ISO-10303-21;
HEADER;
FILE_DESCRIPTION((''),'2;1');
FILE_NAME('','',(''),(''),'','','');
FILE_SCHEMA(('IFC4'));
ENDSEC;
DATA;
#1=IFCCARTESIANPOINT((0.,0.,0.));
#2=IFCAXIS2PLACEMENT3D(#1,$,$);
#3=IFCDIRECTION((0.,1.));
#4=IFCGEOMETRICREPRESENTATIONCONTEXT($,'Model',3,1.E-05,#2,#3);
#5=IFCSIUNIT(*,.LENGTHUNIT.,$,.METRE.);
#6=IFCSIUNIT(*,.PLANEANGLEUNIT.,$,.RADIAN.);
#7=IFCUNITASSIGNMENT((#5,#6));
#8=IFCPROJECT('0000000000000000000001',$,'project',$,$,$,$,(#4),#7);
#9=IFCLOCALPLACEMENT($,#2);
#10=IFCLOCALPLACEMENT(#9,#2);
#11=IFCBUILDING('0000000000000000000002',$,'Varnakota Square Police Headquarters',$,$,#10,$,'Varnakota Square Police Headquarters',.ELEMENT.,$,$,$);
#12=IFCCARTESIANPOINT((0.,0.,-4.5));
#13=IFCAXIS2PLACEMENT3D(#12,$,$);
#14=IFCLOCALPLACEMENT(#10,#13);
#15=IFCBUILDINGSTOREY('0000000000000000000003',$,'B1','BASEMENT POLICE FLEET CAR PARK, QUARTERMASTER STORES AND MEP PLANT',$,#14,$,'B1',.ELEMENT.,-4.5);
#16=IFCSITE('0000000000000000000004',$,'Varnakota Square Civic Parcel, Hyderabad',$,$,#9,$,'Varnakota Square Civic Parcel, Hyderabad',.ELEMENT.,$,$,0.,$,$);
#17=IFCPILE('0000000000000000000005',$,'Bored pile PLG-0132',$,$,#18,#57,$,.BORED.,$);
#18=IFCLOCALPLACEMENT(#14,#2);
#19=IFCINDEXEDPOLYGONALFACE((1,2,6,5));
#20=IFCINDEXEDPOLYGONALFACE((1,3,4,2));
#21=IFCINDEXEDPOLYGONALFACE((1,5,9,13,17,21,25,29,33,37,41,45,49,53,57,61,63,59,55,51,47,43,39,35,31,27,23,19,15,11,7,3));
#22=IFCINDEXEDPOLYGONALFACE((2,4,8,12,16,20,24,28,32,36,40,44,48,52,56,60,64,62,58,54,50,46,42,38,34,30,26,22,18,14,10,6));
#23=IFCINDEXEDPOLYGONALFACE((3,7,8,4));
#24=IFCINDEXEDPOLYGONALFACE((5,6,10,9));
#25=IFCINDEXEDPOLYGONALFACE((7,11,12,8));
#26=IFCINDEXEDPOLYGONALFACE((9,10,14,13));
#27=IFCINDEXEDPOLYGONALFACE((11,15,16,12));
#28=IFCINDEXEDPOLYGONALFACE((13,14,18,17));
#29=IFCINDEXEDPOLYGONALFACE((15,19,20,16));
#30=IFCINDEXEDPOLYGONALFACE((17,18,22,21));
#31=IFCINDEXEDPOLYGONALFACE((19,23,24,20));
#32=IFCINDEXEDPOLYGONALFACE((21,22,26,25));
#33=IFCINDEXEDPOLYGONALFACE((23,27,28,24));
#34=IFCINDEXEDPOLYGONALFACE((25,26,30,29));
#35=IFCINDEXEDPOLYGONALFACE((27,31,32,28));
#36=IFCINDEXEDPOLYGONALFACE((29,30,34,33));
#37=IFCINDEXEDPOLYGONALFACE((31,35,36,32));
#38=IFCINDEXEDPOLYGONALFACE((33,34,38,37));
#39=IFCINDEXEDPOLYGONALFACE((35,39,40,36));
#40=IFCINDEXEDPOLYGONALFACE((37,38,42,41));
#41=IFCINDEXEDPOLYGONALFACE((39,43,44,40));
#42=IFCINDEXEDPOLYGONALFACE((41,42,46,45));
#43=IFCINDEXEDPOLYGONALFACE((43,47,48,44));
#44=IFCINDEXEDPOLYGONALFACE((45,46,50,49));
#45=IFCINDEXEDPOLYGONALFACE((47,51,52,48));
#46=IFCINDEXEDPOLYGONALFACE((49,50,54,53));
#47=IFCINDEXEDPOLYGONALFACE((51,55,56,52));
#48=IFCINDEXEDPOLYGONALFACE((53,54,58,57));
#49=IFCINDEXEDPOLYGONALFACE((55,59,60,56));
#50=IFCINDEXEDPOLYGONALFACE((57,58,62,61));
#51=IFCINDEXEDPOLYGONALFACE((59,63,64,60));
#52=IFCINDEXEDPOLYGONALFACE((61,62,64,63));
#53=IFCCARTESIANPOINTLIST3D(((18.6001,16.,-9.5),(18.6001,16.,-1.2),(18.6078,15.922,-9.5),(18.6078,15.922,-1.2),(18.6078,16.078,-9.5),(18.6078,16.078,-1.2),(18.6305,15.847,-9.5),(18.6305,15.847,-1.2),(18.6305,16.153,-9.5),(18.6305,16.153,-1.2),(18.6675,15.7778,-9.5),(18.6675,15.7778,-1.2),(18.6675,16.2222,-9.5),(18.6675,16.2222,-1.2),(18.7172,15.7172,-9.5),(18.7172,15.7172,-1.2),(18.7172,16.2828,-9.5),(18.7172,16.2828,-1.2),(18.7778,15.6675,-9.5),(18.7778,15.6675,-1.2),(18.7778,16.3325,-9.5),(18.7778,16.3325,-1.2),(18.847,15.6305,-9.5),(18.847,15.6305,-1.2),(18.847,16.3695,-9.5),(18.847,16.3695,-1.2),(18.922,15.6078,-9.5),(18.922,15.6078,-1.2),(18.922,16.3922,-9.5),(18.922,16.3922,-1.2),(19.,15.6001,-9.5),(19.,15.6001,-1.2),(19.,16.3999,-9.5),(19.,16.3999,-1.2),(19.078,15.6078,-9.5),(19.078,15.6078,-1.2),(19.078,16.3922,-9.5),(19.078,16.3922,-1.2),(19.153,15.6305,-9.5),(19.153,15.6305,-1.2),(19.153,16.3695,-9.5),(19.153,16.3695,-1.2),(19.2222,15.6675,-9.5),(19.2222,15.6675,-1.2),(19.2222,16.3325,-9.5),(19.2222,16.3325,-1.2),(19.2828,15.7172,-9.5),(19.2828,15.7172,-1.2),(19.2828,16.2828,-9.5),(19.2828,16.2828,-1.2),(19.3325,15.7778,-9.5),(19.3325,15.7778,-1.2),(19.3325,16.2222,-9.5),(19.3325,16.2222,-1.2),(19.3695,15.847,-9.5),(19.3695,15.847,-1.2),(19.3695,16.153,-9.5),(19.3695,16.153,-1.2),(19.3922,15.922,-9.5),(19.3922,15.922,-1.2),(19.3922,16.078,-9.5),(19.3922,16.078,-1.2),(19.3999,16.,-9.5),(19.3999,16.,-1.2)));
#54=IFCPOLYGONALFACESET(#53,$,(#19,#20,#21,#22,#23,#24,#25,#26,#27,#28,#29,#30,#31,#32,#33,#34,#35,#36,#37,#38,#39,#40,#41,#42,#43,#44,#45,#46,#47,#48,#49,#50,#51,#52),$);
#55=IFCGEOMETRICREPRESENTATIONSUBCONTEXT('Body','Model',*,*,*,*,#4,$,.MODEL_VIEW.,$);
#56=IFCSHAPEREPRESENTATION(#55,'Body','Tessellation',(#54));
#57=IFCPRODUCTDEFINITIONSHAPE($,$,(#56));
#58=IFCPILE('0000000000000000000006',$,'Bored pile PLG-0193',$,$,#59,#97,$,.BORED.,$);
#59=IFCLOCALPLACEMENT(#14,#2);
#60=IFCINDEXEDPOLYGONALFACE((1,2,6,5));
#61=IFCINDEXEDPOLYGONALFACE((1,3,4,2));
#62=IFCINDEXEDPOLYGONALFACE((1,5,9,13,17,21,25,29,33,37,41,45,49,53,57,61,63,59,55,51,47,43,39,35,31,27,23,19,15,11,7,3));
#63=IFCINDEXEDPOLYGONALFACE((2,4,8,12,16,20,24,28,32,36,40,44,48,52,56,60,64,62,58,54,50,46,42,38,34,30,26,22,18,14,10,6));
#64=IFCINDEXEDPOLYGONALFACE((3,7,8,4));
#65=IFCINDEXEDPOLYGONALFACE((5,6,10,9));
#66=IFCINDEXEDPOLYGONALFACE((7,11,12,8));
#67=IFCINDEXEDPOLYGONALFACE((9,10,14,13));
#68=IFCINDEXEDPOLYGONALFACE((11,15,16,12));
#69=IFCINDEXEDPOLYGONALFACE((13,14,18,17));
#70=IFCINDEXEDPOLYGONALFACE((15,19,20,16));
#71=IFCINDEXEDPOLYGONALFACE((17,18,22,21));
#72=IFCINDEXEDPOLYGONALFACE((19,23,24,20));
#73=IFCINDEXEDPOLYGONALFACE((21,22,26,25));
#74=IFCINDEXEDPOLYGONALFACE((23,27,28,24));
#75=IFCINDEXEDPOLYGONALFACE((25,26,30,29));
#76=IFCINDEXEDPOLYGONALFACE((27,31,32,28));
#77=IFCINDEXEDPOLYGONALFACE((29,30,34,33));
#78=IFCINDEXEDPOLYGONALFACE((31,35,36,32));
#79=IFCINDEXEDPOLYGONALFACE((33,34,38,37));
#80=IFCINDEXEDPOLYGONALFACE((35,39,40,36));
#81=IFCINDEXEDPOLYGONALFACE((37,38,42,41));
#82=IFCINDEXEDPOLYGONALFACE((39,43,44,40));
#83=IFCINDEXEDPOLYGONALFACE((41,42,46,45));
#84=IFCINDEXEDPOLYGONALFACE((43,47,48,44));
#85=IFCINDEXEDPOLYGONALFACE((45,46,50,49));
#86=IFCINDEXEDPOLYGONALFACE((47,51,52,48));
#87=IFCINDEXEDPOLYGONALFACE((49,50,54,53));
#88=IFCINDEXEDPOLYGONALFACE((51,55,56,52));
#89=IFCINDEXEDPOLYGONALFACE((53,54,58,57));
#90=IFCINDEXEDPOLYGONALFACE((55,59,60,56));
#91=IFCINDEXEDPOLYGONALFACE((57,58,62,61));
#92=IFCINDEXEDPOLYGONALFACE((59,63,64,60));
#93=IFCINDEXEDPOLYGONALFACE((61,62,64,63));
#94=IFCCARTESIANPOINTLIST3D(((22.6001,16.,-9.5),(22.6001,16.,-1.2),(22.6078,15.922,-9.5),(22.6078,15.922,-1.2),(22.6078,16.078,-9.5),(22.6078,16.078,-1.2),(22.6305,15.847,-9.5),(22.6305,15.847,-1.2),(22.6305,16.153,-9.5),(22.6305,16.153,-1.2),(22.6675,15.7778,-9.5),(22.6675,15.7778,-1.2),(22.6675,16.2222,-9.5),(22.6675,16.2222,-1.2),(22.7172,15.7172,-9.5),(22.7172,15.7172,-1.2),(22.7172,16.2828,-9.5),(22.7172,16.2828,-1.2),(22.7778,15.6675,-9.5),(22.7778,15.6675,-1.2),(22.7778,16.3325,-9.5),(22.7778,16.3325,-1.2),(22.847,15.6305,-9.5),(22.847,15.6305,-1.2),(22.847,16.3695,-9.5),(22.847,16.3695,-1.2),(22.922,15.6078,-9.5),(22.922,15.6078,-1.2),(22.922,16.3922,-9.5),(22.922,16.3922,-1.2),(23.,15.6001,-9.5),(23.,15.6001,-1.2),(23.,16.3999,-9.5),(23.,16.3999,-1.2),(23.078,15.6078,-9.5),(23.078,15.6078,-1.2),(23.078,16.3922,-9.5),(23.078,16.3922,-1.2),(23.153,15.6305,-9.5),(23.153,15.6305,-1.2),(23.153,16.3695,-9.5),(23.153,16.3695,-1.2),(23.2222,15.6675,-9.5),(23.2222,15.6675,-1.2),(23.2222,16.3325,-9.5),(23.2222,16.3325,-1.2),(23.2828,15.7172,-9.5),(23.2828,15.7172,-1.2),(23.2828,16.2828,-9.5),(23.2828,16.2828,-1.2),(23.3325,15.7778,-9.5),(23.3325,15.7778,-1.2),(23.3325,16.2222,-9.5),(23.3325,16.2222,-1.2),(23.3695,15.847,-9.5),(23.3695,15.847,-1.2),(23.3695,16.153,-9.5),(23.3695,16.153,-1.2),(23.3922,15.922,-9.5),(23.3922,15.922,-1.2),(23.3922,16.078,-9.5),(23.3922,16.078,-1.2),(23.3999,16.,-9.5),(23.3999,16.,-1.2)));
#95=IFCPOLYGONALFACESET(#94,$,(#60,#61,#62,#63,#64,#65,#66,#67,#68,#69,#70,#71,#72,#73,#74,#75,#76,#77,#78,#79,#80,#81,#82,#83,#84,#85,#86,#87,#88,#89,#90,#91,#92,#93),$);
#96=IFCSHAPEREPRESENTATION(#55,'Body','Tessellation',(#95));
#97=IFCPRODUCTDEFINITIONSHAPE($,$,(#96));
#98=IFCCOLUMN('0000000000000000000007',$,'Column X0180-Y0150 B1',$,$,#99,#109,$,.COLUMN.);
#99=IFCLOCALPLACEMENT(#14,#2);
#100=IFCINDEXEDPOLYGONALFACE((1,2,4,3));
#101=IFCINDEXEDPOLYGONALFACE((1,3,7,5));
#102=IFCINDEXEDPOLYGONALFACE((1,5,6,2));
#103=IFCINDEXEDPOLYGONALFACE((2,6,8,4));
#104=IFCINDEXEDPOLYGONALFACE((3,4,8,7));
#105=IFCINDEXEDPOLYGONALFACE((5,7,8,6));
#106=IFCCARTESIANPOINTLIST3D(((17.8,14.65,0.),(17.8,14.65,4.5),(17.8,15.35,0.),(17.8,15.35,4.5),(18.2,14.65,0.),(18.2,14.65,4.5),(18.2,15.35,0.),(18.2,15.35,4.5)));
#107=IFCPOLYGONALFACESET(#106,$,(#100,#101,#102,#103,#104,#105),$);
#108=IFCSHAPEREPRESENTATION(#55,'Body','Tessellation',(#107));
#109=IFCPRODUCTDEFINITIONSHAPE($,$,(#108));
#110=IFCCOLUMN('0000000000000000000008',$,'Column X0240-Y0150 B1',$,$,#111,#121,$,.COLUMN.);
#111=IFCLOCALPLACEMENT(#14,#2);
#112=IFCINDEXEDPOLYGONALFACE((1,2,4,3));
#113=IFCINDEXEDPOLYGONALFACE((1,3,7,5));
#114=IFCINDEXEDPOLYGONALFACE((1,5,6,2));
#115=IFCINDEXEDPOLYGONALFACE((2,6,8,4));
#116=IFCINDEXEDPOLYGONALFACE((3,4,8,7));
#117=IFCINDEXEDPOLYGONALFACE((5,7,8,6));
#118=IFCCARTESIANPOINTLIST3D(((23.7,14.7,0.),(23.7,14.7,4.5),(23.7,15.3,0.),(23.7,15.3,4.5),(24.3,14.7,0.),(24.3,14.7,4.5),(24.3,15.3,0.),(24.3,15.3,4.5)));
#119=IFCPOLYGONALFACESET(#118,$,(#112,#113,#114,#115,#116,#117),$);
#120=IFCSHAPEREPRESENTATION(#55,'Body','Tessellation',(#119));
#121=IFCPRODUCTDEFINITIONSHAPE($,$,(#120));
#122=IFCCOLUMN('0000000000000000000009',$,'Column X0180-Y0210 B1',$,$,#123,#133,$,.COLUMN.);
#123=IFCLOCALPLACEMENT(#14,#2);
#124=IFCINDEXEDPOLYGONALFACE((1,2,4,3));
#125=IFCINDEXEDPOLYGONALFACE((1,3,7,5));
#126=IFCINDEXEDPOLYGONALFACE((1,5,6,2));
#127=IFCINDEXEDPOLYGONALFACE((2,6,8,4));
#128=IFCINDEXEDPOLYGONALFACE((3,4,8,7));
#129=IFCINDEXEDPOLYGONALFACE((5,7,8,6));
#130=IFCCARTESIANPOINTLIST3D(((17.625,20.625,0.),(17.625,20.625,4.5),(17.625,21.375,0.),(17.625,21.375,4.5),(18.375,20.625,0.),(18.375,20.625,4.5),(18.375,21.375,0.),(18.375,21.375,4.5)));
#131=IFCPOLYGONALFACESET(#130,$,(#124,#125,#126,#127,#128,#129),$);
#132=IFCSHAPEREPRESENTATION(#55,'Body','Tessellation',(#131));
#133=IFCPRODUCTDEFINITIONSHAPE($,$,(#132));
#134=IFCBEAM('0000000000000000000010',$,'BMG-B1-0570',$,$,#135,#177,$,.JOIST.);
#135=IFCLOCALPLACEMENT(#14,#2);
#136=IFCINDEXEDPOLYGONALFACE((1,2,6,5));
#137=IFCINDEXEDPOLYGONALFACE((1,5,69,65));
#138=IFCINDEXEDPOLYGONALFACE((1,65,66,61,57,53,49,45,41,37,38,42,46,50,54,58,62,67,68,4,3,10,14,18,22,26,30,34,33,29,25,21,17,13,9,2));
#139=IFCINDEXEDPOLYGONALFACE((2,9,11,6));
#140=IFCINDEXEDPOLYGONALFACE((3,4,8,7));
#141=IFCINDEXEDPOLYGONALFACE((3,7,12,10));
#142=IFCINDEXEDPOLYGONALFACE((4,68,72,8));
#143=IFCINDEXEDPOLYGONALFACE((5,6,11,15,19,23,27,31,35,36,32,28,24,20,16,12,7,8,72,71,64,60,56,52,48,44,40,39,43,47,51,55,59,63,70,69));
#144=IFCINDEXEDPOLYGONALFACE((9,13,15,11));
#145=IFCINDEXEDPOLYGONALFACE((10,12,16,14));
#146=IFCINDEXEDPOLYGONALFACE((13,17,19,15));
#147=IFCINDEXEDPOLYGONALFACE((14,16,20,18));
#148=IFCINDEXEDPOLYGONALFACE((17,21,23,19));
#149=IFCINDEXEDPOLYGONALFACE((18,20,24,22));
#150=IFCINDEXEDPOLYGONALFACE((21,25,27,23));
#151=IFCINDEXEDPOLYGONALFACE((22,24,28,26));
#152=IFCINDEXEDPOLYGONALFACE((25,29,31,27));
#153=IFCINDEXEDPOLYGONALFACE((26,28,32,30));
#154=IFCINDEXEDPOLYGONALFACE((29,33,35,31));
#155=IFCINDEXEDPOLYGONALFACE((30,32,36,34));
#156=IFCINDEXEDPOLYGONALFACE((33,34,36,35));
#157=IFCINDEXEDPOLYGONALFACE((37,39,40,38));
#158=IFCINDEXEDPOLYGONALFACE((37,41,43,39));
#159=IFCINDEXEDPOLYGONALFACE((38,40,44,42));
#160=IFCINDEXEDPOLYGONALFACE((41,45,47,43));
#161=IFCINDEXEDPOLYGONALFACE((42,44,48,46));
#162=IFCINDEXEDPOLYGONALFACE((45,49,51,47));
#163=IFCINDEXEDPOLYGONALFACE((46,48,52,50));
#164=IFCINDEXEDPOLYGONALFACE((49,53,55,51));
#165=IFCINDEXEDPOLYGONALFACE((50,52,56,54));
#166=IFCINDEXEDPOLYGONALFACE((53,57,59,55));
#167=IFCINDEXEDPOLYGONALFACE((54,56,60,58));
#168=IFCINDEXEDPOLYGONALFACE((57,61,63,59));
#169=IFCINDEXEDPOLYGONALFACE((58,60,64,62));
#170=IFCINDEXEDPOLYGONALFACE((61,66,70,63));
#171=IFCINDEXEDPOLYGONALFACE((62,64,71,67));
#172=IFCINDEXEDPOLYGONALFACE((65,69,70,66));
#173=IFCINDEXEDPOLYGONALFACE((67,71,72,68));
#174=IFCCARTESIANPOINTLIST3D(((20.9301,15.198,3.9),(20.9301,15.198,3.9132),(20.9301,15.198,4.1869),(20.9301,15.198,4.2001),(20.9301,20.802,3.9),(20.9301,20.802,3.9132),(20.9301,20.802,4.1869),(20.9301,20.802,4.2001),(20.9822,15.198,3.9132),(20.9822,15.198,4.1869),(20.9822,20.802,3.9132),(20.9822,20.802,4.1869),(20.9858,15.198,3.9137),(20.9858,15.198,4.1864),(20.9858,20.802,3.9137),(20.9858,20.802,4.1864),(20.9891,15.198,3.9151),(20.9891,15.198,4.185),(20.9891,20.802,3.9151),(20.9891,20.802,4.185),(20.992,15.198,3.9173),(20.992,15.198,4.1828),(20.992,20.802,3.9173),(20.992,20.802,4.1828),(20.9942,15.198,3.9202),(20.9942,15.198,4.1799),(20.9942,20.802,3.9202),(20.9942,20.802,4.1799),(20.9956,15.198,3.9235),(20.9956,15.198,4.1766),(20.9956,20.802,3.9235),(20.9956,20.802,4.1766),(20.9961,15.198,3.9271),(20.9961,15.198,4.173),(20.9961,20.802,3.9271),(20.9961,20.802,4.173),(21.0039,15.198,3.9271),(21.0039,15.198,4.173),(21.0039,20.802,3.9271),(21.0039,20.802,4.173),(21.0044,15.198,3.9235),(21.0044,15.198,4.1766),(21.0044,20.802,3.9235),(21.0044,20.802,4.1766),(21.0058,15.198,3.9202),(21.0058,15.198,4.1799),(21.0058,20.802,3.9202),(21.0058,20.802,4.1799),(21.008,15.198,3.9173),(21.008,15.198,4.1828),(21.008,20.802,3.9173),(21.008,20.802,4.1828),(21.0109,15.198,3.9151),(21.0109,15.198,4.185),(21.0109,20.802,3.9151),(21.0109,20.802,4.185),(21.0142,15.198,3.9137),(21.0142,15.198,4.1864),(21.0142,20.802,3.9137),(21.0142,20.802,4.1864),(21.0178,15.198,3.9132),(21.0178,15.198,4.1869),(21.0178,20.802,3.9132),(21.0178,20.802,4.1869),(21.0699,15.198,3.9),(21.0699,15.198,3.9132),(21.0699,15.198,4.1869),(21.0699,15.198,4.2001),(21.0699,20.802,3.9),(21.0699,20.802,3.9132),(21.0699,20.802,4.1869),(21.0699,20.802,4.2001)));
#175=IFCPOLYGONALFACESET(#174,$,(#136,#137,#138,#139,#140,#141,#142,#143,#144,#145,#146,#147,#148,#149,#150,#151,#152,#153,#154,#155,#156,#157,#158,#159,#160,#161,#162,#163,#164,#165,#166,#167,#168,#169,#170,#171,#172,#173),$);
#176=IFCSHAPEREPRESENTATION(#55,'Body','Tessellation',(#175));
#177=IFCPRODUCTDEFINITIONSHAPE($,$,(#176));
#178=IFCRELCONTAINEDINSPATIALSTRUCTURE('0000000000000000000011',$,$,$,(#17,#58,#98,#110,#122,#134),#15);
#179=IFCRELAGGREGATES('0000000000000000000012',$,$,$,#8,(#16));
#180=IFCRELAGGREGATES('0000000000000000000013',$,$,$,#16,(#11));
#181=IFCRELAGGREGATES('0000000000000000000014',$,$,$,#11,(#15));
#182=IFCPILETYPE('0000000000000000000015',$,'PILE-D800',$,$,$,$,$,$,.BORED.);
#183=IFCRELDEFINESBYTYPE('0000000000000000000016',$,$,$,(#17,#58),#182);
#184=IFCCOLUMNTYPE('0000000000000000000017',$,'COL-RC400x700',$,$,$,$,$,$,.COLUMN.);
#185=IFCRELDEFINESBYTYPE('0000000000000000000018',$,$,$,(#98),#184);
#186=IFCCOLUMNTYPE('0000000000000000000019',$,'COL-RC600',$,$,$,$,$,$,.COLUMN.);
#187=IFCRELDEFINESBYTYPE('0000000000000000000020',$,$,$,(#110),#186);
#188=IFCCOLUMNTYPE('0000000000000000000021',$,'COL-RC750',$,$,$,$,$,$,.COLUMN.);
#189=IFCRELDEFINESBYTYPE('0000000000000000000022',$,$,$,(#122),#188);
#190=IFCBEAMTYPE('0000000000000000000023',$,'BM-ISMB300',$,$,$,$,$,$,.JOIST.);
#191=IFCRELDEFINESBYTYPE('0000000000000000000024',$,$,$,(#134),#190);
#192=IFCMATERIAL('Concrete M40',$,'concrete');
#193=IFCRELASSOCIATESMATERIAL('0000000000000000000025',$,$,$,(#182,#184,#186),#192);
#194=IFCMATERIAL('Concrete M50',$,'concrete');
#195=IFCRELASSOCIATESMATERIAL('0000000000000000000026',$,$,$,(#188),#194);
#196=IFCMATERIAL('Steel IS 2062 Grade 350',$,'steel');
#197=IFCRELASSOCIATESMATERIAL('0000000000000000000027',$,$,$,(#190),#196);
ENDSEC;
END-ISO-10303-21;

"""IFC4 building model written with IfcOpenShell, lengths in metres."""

from ifc_helpers import new_model, si_unit, direction, frame, origin, origin_2d, place, context, subcontext, project, spatial, rectangle, circle, i_section, extrude, material, material_profile, profile_set, type_object, element, save


model = new_model("IFC4")

# Units and contexts
model_context = context("Model", 3, precision=1e-05, world=origin(), true_north=direction((0.0, 1.0)))
body_context = subcontext(model_context, "Body", "Model", "MODEL_VIEW")
ifc_project = project(units=[si_unit("LENGTHUNIT", "METRE"), si_unit("PLANEANGLEUNIT", "RADIAN")], contexts=[model_context])

# Site, building, storey
site_placement = place(None, origin())
site = spatial("IfcSite", under=ifc_project, at=site_placement, Name="Varnakota Square Civic Parcel, Hyderabad", LongName="Varnakota Square Civic Parcel, Hyderabad", CompositionType="ELEMENT", RefElevation=0.0)
building_placement = place(site_placement, origin())
building = spatial("IfcBuilding", under=site, at=building_placement, Name="Varnakota Square Police Headquarters", LongName="Varnakota Square Police Headquarters", CompositionType="ELEMENT")
storey_placement = place(building_placement, frame((0.0, 0.0, -4.5)))
storey = spatial("IfcBuildingStorey", under=building, at=storey_placement, Name="B1", Description="BASEMENT POLICE FLEET CAR PARK, QUARTERMASTER STORES AND MEP PLANT", LongName="B1", CompositionType="ELEMENT", Elevation=-4.5)

# Shared definitions
ifc_material_1 = material(Name="Concrete M40", Category="concrete")
ifc_material_2 = material(Name="Concrete M50", Category="concrete")

# Piles
ifc_material_profile_1 = material_profile(ifc_material_1, circle(Radius=0.3999, at=origin_2d()), Name="BORED PILE 800")
ifc_profile_set_1 = profile_set([ifc_material_profile_1], Name="Concrete M40")
pile_type_1 = type_object("IfcPileType", Name="PILE-D800", PredefinedType="BORED", material=ifc_profile_set_1)
for number, where, z_axis, x_axis, name in (
    (1, (19.0, 16.0, -1.2), (0.0, 0.0, -1.0), (1.0, 0.0, 0.0), "Bored pile PLG-0132"),
    (2, (23.0, 16.0, -1.2), (0.0, 0.0, -1.0), (1.0, 0.0, 0.0), "Bored pile PLG-0193"),
):
    element("IfcPile", number, at=place(storey_placement, frame(where, z_axis=z_axis, x_axis=x_axis)), inside=storey, type_object=pile_type_1, Name=name, PredefinedType="BORED", context=body_context, shape_type="SweptSolid", body=[
        extrude(circle(Radius=0.3999, at=origin_2d()), origin(), (0.0, 0.0, 1.0), 8.3),
    ])

# Columns
ifc_material_profile_2 = material_profile(ifc_material_1, rectangle(XDim=0.3999, YDim=0.7, at=origin_2d()), Name="RC 400x700")
ifc_profile_set_2 = profile_set([ifc_material_profile_2], Name="Concrete M40")
column_type_1 = type_object("IfcColumnType", Name="COL-RC400x700", PredefinedType="COLUMN", material=ifc_profile_set_2)
column_1_placement = place(storey_placement, frame((18.0, 15.0, 0.0), z_axis=(0.0, 0.0, 1.0), x_axis=(1.0, 0.0, 0.0)))
element("IfcColumn", 3, at=column_1_placement, inside=storey, type_object=column_type_1, Name="Column X0180-Y0150 B1", PredefinedType="COLUMN", context=body_context, shape_type="SweptSolid", body=[
    extrude(rectangle(XDim=0.3999, YDim=0.7, at=origin_2d()), origin(), (0.0, 0.0, 1.0), 4.5),
])
ifc_material_profile_3 = material_profile(ifc_material_1, rectangle(XDim=0.6001, YDim=0.6001, at=origin_2d()), Name="RC 600x600")
ifc_profile_set_3 = profile_set([ifc_material_profile_3], Name="Concrete M40")
column_type_2 = type_object("IfcColumnType", Name="COL-RC600", PredefinedType="COLUMN", material=ifc_profile_set_3)
column_2_placement = place(storey_placement, frame((24.0, 15.0, 0.0), z_axis=(0.0, 0.0, 1.0), x_axis=(1.0, 0.0, 0.0)))
element("IfcColumn", 4, at=column_2_placement, inside=storey, type_object=column_type_2, Name="Column X0240-Y0150 B1", PredefinedType="COLUMN", context=body_context, shape_type="SweptSolid", body=[
    extrude(rectangle(XDim=0.6001, YDim=0.6001, at=origin_2d()), origin(), (0.0, 0.0, 1.0), 4.5),
])
ifc_material_profile_4 = material_profile(ifc_material_2, rectangle(XDim=0.75, YDim=0.75, at=origin_2d()), Name="RC 750x750")
ifc_profile_set_4 = profile_set([ifc_material_profile_4], Name="Concrete M50")
column_type_3 = type_object("IfcColumnType", Name="COL-RC750", PredefinedType="COLUMN", material=ifc_profile_set_4)
column_3_placement = place(storey_placement, frame((18.0, 21.0, 0.0), z_axis=(0.0, 0.0, 1.0), x_axis=(1.0, 0.0, 0.0)))
element("IfcColumn", 5, at=column_3_placement, inside=storey, type_object=column_type_3, Name="Column X0180-Y0210 B1", PredefinedType="COLUMN", context=body_context, shape_type="SweptSolid", body=[
    extrude(rectangle(XDim=0.75, YDim=0.75, at=origin_2d()), origin(), (0.0, 0.0, 1.0), 4.5),
])

# Beam
ifc_material_3 = material(Name="Steel IS 2062 Grade 350", Category="steel")
ifc_material_profile_5 = material_profile(ifc_material_3, i_section(OverallWidth=0.1399, OverallDepth=0.3, WebThickness=0.0078, FlangeThickness=0.0132, FilletRadius=0.0139, at=origin_2d()), Name="ISMB 300")
ifc_profile_set_5 = profile_set([ifc_material_profile_5], Name="Steel IS 2062 Grade 350")
beam_type_1 = type_object("IfcBeamType", Name="BM-ISMB300", PredefinedType="JOIST", material=ifc_profile_set_5)
beam_1_placement = place(storey_placement, frame((21.0, 15.198, 4.05), z_axis=(0.0, 1.0, 0.0), x_axis=(-1.0, 0.0, 0.0)))
element("IfcBeam", 6, at=beam_1_placement, inside=storey, type_object=beam_type_1, Name="BMG-B1-0570", PredefinedType="JOIST", context=body_context, shape_type="SweptSolid", body=[
    extrude(i_section(OverallWidth=0.1399, OverallDepth=0.3, WebThickness=0.0078, FlangeThickness=0.0132, FilletRadius=0.0139, at=origin_2d()), origin(), (0.0, 0.0, 1.0), 5.604),
])

save(model, "model.ifc")
